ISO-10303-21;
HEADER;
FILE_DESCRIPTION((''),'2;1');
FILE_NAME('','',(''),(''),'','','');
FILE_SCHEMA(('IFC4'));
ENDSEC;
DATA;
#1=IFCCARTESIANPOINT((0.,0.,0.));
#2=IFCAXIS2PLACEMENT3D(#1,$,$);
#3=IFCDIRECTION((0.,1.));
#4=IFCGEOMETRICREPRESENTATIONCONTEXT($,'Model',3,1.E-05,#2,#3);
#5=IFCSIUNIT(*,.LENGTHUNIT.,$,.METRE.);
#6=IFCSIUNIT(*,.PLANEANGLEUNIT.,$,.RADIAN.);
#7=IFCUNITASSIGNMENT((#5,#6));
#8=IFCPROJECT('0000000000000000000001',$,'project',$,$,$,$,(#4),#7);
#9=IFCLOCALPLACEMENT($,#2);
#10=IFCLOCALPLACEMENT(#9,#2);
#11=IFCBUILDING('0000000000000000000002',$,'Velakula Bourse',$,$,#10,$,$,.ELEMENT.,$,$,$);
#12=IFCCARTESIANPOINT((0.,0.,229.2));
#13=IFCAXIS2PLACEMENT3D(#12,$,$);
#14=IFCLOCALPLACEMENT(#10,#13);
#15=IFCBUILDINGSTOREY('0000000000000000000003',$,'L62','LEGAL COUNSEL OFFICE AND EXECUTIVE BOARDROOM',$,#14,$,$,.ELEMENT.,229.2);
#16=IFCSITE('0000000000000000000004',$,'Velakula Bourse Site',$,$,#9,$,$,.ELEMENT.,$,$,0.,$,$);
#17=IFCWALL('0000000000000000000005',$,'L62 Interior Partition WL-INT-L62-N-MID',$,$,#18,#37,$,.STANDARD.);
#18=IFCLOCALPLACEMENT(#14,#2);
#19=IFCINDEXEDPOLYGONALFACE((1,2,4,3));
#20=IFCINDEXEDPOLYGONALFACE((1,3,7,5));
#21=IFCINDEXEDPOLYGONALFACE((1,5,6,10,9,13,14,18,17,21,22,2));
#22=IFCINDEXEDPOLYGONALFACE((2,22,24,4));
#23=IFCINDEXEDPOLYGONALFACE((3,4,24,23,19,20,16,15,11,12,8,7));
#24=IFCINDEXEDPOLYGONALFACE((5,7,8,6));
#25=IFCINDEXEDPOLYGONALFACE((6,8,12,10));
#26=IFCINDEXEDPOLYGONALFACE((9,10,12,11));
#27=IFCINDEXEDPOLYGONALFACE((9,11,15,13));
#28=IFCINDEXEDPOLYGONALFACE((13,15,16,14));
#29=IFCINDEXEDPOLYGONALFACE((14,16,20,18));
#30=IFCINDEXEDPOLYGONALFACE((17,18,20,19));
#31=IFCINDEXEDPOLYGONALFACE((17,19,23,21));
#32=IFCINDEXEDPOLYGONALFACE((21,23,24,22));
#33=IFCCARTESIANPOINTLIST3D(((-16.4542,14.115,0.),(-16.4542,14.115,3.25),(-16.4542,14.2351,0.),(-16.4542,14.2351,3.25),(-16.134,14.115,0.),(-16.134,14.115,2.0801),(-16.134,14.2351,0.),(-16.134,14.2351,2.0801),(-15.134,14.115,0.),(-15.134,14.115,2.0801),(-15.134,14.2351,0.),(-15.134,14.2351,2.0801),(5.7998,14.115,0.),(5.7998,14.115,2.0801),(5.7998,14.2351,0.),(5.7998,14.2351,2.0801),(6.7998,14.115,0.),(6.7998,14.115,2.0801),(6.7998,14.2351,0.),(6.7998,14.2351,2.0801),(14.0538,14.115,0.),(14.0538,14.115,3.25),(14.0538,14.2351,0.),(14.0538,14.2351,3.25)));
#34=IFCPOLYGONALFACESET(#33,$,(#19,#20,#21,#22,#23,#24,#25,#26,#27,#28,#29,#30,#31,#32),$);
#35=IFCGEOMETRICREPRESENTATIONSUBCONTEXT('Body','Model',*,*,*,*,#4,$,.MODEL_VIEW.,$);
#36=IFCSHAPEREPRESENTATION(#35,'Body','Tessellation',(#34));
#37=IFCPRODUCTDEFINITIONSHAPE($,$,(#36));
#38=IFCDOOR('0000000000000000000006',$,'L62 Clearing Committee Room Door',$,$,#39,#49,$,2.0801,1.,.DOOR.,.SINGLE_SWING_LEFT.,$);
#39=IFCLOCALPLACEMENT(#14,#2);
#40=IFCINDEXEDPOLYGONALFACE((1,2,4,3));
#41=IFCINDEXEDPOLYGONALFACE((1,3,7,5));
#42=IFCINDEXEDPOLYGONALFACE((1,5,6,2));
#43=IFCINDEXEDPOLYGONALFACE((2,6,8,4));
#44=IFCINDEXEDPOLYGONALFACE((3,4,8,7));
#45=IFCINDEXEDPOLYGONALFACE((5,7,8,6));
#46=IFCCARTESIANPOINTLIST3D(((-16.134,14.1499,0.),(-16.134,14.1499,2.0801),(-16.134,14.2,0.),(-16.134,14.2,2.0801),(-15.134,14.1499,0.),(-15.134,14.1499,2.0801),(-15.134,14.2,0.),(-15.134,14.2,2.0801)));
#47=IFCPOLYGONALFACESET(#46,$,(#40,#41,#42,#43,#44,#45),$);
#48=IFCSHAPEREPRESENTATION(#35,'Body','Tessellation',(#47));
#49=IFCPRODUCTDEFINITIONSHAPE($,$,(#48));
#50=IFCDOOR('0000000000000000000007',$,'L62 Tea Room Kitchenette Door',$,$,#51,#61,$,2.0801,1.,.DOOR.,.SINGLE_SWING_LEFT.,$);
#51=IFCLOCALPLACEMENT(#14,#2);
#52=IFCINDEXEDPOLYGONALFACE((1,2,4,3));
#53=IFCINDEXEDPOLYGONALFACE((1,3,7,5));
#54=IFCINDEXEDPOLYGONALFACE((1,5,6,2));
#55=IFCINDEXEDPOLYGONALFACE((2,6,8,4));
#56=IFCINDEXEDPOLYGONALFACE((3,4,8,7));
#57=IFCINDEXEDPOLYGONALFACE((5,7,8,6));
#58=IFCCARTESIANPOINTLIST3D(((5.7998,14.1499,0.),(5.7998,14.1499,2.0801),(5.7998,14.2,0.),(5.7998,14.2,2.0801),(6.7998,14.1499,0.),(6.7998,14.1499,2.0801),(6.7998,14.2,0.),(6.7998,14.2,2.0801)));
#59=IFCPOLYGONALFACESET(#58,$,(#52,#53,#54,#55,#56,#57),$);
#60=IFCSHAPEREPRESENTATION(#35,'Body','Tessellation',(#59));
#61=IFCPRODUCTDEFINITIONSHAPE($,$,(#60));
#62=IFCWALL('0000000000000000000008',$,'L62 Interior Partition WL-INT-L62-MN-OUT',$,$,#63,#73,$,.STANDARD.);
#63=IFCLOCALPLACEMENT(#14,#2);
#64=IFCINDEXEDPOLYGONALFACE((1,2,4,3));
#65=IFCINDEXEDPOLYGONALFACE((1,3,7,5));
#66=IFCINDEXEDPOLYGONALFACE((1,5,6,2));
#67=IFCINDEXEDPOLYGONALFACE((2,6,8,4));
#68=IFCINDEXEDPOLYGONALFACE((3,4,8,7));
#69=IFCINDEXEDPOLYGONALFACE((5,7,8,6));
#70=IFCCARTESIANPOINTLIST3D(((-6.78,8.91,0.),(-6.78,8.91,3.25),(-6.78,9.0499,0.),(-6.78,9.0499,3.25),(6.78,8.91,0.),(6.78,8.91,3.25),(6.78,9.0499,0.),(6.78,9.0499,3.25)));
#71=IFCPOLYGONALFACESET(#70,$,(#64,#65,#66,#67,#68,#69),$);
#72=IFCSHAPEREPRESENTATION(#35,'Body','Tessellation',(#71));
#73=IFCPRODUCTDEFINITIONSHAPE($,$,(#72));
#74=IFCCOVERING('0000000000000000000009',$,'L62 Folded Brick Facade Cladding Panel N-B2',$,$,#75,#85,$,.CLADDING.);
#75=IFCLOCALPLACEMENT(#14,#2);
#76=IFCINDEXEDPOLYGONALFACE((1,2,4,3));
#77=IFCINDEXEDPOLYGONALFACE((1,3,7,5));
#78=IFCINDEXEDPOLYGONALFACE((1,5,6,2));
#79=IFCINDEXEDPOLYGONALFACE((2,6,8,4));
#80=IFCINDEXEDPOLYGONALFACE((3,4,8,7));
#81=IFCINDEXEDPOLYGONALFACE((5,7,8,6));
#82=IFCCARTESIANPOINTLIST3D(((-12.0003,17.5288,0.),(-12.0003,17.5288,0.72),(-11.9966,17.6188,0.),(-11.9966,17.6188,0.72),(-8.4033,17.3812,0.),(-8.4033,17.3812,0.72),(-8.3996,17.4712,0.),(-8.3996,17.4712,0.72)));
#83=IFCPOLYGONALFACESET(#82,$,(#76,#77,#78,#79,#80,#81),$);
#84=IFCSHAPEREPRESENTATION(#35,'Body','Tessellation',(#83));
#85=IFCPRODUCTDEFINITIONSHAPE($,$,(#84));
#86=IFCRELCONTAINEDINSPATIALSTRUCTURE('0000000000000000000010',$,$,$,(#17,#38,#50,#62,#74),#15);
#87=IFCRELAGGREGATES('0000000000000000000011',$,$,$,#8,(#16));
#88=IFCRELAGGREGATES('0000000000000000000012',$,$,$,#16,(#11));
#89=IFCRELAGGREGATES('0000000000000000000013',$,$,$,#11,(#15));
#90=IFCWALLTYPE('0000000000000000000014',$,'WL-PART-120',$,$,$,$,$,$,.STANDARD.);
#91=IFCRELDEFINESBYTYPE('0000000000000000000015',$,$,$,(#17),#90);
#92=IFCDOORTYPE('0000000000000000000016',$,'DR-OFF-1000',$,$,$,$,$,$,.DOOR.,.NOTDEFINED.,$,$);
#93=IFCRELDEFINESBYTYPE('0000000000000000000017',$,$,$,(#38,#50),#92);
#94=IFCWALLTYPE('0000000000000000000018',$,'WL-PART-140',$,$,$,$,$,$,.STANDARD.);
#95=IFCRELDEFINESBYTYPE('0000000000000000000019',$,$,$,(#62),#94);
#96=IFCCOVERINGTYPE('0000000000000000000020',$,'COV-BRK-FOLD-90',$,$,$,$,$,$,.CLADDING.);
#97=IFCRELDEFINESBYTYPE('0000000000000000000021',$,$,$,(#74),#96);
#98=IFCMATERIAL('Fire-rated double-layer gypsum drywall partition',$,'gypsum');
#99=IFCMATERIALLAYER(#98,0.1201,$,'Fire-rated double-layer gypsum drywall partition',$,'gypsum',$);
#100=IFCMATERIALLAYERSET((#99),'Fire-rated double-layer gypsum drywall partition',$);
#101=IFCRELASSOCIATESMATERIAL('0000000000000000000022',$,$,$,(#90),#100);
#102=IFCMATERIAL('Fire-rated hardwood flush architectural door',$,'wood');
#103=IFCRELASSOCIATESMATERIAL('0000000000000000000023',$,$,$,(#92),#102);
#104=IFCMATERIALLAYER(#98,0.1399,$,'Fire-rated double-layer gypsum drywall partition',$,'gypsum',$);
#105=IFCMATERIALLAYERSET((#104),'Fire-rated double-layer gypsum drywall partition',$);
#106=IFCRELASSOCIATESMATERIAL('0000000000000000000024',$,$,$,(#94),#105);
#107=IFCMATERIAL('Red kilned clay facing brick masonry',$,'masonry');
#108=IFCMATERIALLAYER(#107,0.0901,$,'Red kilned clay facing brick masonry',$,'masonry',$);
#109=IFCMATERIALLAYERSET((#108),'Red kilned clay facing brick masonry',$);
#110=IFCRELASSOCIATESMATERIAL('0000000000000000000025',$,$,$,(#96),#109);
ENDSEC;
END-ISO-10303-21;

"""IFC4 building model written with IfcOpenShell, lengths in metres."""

from ifc_helpers import new_model, si_unit, direction, frame, frame_2d, origin, origin_2d, place, context, subcontext, project, spatial, rectangle, extrude, material, layer, layer_set, type_object, element, fill, save


model = new_model("IFC4")

# Units and contexts
model_context = context("Model", 3, precision=1e-05, world=origin(), true_north=direction((0.0, 1.0)))
body_context = subcontext(model_context, "Body", "Model", "MODEL_VIEW")
ifc_project = project(units=[si_unit("LENGTHUNIT", "METRE"), si_unit("PLANEANGLEUNIT", "RADIAN")], contexts=[model_context])

# Site, building, storey
site_placement = place(None, origin())
site = spatial("IfcSite", under=ifc_project, at=site_placement, Name="Velakula Bourse Site", CompositionType="ELEMENT", RefElevation=0.0)
building_placement = place(site_placement, origin())
building = spatial("IfcBuilding", under=site, at=building_placement, Name="Velakula Bourse", CompositionType="ELEMENT")
storey_placement = place(building_placement, frame((0.0, 0.0, 229.2)))
storey = spatial("IfcBuildingStorey", under=building, at=storey_placement, Name="L62", Description="LEGAL COUNSEL OFFICE AND EXECUTIVE BOARDROOM", CompositionType="ELEMENT", Elevation=229.2)

# Shared definitions
ifc_material_1 = material(Name="Fire-rated double-layer gypsum drywall partition", Category="gypsum")
ifc_layer_1 = layer(ifc_material_1, 0.1201, Name="Fire-rated double-layer gypsum drywall partition", Category="gypsum")
ifc_layer_set_1 = layer_set([ifc_layer_1], Name="Fire-rated double-layer gypsum drywall partition")
wall_type_1 = type_object("IfcWallType", Name="WL-PART-120", PredefinedType="STANDARD", material=ifc_layer_set_1)

# Wall, openings, doors
wall_1_placement = place(storey_placement, frame((-16.4541, 14.175, 0.0), z_axis=(0.0, 0.0, 1.0), x_axis=(1.0, 0.0, 0.0)))
wall_1 = element("IfcWall", 1, at=wall_1_placement, inside=storey, type_object=wall_type_1, Name="L62 Interior Partition WL-INT-L62-N-MID", PredefinedType="STANDARD", context=body_context, shape_type="SweptSolid", body=[
    extrude(rectangle(XDim=30.5081, YDim=0.1201, at=frame_2d((15.2539, 0.0))), origin(), (0.0, 0.0, 1.0), 3.25),
])
opening_1_placement = place(wall_1_placement, frame((0.3201, 0.0, 0.0)))
opening_1 = element("IfcOpeningElement", 2, at=opening_1_placement, cuts=wall_1, PredefinedType="OPENING", context=body_context, shape_type="SweptSolid", body=[
    extrude(rectangle(XDim=1.0, YDim=2.0801, at=frame_2d((0.5, 1.04))), frame((0.0, 0.0701, 0.0), z_axis=(0.0, -1.0, 0.0), x_axis=(1.0, 0.0, 0.0)), (0.0, 0.0, 1.0), 0.1401),
])
opening_2_placement = place(wall_1_placement, frame((22.2539, 0.0, 0.0)))
opening_2 = element("IfcOpeningElement", 3, at=opening_2_placement, cuts=wall_1, PredefinedType="OPENING", context=body_context, shape_type="SweptSolid", body=[
    extrude(rectangle(XDim=1.0, YDim=2.0801, at=frame_2d((0.5, 1.04))), frame((0.0, 0.0701, 0.0), z_axis=(0.0, -1.0, 0.0), x_axis=(1.0, 0.0, 0.0)), (0.0, 0.0, 1.0), 0.1401),
])
ifc_material_2 = material(Name="Fire-rated hardwood flush architectural door", Category="wood")
door_type = type_object("IfcDoorType", Name="DR-OFF-1000", OperationType="NOTDEFINED", PredefinedType="DOOR", material=ifc_material_2)
door_1_placement = place(opening_1_placement, origin())
door_1 = element("IfcDoor", 4, at=door_1_placement, inside=storey, type_object=door_type, Name="L62 Clearing Committee Room Door", OperationType="SINGLE_SWING_LEFT", OverallHeight=2.0801, OverallWidth=1.0, PredefinedType="DOOR", context=body_context, shape_type="SweptSolid", body=[
    extrude(rectangle(XDim=1.0, YDim=2.0801, at=frame_2d((0.5, 1.04))), frame((0.0, 0.0249, 0.0), z_axis=(0.0, -1.0, 0.0), x_axis=(1.0, 0.0, 0.0)), (0.0, 0.0, 1.0), 0.05),
])
fill(opening_1, door_1)
door_2_placement = place(opening_2_placement, origin())
door_2 = element("IfcDoor", 5, at=door_2_placement, inside=storey, type_object=door_type, Name="L62 Tea Room Kitchenette Door", OperationType="SINGLE_SWING_LEFT", OverallHeight=2.0801, OverallWidth=1.0, PredefinedType="DOOR", context=body_context, shape_type="SweptSolid", body=[
    extrude(rectangle(XDim=1.0, YDim=2.0801, at=frame_2d((0.5, 1.04))), frame((0.0, 0.0249, 0.0), z_axis=(0.0, -1.0, 0.0), x_axis=(1.0, 0.0, 0.0)), (0.0, 0.0, 1.0), 0.05),
])
fill(opening_2, door_2)

# Wall
ifc_layer_2 = layer(ifc_material_1, 0.1399, Name="Fire-rated double-layer gypsum drywall partition", Category="gypsum")
ifc_layer_set_2 = layer_set([ifc_layer_2], Name="Fire-rated double-layer gypsum drywall partition")
wall_type_2 = type_object("IfcWallType", Name="WL-PART-140", PredefinedType="STANDARD", material=ifc_layer_set_2)
wall_2_placement = place(storey_placement, frame((-6.78, 8.98, 0.0), z_axis=(0.0, 0.0, 1.0), x_axis=(1.0, 0.0, 0.0)))
element("IfcWall", 6, at=wall_2_placement, inside=storey, type_object=wall_type_2, Name="L62 Interior Partition WL-INT-L62-MN-OUT", PredefinedType="STANDARD", context=body_context, shape_type="SweptSolid", body=[
    extrude(rectangle(XDim=13.5601, YDim=0.1399, at=frame_2d((6.78, 0.0))), origin(), (0.0, 0.0, 1.0), 3.25),
])

# Covering
ifc_material_3 = material(Name="Red kilned clay facing brick masonry", Category="masonry")
ifc_layer_3 = layer(ifc_material_3, 0.0901, Name="Red kilned clay facing brick masonry", Category="masonry")
ifc_layer_set_3 = layer_set([ifc_layer_3], Name="Red kilned clay facing brick masonry")
covering_type = type_object("IfcCoveringType", Name="COV-BRK-FOLD-90", PredefinedType="CLADDING", material=ifc_layer_set_3)
covering_placement = place(storey_placement, frame((-10.2, 17.5, 0.0), z_axis=(0.0, 0.0, 1.0), x_axis=(0.999159, -0.041004, 0.0)))
element("IfcCovering", 7, at=covering_placement, inside=storey, type_object=covering_type, Name="L62 Folded Brick Facade Cladding Panel N-B2", PredefinedType="CLADDING", context=body_context, shape_type="SweptSolid", body=[
    extrude(rectangle(XDim=3.6001, YDim=0.0901, at=origin_2d()), origin(), (0.0, 0.0, 1.0), 0.72),
])

save(model, "model.ifc")
